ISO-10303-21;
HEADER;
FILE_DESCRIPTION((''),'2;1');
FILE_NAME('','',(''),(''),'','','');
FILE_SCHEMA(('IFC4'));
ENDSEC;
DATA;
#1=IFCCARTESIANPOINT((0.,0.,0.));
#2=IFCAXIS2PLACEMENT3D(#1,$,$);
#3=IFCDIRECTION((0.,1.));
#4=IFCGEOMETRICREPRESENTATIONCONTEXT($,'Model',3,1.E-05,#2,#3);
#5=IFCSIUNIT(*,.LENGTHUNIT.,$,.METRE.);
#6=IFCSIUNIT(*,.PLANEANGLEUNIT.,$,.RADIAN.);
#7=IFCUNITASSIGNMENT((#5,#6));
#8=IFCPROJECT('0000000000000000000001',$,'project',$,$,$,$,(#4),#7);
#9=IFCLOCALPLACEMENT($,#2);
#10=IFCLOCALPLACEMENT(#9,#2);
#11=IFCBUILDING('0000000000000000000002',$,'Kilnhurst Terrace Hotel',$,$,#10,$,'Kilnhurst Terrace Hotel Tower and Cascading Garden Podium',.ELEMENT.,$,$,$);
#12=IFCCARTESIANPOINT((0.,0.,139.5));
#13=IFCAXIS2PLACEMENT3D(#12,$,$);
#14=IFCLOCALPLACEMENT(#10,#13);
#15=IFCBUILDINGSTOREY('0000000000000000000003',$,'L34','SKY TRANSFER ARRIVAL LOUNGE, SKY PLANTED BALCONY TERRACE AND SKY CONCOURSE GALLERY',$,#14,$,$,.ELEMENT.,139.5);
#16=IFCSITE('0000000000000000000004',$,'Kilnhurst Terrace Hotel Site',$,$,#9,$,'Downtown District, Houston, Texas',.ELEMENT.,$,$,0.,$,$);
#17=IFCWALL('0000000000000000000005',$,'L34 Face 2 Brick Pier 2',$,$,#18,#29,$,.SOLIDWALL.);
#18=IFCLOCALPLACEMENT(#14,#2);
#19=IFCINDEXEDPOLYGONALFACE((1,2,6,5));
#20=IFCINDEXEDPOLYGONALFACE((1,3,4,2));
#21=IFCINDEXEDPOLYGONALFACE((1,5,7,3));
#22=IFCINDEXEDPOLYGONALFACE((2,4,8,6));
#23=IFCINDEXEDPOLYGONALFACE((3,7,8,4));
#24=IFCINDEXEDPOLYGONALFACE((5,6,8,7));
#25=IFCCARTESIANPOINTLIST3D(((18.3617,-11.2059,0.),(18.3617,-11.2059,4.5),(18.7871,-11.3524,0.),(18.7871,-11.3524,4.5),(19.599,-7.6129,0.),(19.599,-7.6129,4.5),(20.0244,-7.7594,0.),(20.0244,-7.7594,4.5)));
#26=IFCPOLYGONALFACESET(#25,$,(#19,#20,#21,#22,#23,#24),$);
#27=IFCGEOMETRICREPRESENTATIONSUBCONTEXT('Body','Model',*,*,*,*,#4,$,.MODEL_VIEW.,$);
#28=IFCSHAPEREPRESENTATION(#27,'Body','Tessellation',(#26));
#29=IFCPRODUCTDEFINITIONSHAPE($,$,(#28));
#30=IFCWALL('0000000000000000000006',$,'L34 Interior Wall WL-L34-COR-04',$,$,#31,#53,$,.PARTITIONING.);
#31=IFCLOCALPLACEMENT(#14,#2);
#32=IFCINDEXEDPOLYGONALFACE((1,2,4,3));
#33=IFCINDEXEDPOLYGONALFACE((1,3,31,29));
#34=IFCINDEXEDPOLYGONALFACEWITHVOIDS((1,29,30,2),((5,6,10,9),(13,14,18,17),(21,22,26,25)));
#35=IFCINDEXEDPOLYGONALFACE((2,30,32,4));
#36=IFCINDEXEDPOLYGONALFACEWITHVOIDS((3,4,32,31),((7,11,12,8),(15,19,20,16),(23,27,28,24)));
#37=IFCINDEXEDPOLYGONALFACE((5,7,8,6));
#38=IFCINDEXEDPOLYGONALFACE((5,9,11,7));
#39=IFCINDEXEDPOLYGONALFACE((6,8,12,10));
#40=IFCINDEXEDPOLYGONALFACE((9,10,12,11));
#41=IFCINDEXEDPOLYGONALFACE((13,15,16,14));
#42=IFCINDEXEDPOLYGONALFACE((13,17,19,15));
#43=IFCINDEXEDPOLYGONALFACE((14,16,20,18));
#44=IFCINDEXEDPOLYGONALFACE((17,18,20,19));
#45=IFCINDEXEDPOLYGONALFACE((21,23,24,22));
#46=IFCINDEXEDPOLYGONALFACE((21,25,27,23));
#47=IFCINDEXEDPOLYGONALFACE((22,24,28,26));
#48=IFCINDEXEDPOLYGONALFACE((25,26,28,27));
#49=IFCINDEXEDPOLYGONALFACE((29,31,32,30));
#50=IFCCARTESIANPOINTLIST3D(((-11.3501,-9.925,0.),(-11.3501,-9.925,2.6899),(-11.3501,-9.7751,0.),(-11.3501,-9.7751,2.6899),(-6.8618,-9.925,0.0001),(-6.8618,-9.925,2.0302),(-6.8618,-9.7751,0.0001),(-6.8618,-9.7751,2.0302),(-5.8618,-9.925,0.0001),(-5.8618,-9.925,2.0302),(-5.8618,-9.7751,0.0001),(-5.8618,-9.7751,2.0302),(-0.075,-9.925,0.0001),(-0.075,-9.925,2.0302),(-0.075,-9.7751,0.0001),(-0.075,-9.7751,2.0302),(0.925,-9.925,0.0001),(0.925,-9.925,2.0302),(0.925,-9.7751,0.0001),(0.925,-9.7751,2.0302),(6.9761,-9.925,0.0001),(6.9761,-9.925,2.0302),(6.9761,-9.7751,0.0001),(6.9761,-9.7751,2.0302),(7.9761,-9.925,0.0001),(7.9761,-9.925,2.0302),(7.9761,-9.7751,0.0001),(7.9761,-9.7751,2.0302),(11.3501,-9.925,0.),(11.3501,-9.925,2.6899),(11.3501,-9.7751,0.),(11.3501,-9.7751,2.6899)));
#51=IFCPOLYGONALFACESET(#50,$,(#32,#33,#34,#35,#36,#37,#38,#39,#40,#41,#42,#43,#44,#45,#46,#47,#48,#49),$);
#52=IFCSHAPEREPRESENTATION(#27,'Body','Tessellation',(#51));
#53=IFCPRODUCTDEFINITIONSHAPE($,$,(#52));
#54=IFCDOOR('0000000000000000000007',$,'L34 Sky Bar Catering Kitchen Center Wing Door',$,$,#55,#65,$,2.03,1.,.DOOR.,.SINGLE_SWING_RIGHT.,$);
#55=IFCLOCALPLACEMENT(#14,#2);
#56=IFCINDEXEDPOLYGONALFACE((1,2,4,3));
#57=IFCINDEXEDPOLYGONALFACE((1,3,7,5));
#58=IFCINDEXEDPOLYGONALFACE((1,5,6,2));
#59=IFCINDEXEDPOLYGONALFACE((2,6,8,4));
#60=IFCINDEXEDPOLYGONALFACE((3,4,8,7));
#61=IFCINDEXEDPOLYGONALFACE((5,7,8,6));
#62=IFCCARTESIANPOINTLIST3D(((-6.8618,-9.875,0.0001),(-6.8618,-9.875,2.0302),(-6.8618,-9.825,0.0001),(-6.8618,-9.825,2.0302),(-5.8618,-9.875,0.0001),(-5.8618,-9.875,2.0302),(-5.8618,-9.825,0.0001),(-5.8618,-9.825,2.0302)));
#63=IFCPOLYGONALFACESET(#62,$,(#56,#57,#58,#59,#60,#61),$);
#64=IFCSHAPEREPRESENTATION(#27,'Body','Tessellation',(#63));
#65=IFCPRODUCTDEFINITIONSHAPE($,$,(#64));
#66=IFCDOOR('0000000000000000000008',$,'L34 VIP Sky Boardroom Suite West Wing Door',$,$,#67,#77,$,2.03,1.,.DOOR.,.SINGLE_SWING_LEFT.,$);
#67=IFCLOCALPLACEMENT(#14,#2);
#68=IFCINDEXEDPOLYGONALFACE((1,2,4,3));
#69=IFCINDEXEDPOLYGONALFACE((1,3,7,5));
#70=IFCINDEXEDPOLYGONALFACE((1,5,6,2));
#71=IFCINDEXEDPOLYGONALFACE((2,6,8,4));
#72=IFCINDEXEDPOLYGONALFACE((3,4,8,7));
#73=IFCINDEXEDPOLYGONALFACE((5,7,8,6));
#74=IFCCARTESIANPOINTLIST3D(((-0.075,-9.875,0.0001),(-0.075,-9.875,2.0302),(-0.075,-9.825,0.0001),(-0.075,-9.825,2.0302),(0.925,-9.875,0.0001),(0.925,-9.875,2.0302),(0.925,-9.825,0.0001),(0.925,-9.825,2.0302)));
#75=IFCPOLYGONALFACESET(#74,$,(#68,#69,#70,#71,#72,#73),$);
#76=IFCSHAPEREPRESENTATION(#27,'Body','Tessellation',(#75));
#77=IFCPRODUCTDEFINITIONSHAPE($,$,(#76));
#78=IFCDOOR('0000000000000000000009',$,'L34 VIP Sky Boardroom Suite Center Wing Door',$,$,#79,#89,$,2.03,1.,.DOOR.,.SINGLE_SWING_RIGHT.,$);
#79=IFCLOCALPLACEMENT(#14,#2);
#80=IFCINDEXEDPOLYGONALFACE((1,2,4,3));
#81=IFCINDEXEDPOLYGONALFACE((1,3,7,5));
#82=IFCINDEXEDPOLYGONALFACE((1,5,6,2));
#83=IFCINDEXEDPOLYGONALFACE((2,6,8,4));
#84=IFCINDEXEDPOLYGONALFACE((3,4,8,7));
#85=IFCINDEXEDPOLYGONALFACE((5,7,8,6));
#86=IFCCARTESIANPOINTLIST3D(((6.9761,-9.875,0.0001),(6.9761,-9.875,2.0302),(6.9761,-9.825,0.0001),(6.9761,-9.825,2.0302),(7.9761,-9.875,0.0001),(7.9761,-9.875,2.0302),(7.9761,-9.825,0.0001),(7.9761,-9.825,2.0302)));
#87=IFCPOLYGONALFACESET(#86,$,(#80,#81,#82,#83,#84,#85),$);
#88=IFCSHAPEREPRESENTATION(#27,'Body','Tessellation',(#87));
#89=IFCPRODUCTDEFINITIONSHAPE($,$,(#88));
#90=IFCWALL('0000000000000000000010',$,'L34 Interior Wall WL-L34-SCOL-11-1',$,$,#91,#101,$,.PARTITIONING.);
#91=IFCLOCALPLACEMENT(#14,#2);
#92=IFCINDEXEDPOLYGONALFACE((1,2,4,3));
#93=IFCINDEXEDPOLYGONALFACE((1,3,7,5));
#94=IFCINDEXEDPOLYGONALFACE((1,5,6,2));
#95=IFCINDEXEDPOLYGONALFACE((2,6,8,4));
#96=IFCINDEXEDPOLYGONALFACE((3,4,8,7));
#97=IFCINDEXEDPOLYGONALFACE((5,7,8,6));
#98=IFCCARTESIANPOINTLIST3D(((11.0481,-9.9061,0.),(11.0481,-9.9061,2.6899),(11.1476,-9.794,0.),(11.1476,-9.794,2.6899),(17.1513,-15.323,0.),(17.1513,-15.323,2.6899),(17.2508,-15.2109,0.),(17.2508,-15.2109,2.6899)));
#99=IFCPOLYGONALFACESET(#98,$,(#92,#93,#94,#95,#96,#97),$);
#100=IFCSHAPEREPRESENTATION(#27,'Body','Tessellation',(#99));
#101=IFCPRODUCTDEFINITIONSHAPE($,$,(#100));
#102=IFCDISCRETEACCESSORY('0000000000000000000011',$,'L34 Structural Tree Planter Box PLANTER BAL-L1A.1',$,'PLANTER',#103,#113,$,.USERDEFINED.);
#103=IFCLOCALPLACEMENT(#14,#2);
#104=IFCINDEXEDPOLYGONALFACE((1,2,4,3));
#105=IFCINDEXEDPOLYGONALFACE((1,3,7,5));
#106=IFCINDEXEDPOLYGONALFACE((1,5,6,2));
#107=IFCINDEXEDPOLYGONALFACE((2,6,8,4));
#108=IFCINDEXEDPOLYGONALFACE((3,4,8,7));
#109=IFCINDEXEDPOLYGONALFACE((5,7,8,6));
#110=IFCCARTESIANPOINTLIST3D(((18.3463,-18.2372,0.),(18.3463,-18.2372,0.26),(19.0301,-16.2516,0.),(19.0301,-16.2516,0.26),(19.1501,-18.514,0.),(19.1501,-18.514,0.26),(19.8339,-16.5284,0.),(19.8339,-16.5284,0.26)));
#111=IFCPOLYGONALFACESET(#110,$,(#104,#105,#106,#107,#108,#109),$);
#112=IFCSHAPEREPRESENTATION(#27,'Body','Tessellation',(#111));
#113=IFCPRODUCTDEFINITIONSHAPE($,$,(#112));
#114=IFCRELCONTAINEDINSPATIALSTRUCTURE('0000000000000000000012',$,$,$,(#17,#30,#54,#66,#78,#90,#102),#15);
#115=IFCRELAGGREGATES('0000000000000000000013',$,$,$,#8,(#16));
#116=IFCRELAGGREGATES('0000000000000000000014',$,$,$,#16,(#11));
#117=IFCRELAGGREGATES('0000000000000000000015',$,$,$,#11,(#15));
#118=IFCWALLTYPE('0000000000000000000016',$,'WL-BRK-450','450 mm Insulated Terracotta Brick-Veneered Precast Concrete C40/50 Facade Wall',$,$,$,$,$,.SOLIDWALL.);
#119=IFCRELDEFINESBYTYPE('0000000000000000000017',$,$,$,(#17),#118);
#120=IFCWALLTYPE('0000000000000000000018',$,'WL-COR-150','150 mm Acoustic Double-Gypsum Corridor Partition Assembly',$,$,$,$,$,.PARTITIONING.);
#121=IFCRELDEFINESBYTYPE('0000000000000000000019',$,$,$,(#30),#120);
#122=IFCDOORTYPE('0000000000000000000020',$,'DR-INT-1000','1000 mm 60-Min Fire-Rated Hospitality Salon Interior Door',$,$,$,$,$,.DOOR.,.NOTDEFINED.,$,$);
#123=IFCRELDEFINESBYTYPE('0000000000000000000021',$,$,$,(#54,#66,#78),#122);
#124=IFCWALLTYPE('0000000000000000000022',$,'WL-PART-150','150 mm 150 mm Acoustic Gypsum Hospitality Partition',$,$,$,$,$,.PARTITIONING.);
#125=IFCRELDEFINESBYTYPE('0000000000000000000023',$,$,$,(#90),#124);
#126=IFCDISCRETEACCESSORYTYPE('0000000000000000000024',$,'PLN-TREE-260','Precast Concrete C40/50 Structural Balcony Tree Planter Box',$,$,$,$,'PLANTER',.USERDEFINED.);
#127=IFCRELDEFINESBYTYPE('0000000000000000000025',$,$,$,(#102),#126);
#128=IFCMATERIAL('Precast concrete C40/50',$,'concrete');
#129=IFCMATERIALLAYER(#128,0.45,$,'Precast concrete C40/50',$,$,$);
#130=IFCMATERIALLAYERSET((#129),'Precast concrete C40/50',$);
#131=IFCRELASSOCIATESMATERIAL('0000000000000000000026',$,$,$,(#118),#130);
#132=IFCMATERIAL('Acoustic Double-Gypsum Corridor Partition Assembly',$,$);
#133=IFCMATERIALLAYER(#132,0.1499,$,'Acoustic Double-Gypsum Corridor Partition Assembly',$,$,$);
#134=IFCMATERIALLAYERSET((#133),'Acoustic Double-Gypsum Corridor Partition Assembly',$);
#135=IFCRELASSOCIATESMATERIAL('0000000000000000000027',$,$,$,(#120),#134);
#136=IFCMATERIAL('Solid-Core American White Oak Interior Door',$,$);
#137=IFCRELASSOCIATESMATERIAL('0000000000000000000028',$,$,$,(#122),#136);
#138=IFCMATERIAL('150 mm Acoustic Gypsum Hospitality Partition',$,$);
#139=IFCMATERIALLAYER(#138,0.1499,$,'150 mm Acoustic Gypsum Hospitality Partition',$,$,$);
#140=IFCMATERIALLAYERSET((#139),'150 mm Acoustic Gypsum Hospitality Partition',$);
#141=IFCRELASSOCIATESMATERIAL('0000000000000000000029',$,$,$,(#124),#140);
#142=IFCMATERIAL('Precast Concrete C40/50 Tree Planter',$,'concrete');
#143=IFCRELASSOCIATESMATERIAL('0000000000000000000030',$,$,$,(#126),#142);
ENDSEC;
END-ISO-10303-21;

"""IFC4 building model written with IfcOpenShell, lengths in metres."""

from ifc_helpers import new_model, si_unit, direction, frame, frame_2d, origin, origin_2d, place, context, subcontext, project, spatial, rectangle, extrude, material, layer, layer_set, type_object, element, fill, save


model = new_model("IFC4")

# Units and contexts
model_context = context("Model", 3, precision=1e-05, world=origin(), true_north=direction((0.0, 1.0)))
body_context = subcontext(model_context, "Body", "Model", "MODEL_VIEW")
ifc_project = project(units=[si_unit("LENGTHUNIT", "METRE"), si_unit("PLANEANGLEUNIT", "RADIAN")], contexts=[model_context])

# Site, building, storey
site_placement = place(None, origin())
site = spatial("IfcSite", under=ifc_project, at=site_placement, Name="Kilnhurst Terrace Hotel Site", LongName="Downtown District, Houston, Texas", CompositionType="ELEMENT", RefElevation=0.0)
building_placement = place(site_placement, origin())
building = spatial("IfcBuilding", under=site, at=building_placement, Name="Kilnhurst Terrace Hotel", LongName="Kilnhurst Terrace Hotel Tower and Cascading Garden Podium", CompositionType="ELEMENT")
storey_placement = place(building_placement, frame((0.0, 0.0, 139.5)))
storey = spatial("IfcBuildingStorey", under=building, at=storey_placement, Name="L34", Description="SKY TRANSFER ARRIVAL LOUNGE, SKY PLANTED BALCONY TERRACE AND SKY CONCOURSE GALLERY", CompositionType="ELEMENT", Elevation=139.5)

# Shared definitions
ifc_material_1 = material(Name="Precast concrete C40/50", Category="concrete")
ifc_layer_1 = layer(ifc_material_1, 0.45, Name="Precast concrete C40/50")
ifc_layer_set_1 = layer_set([ifc_layer_1], Name="Precast concrete C40/50")
wall_type_1 = type_object("IfcWallType", Name="WL-BRK-450", Description="450 mm Insulated Terracotta Brick-Veneered Precast Concrete C40/50 Facade Wall", PredefinedType="SOLIDWALL", material=ifc_layer_set_1)

# Wall
wall_1_placement = place(storey_placement, frame((18.5745, -11.2791, 0.0), z_axis=(0.0, 0.0, 1.0), x_axis=(0.325599, 0.945508, 0.0)))
element("IfcWall", 1, at=wall_1_placement, inside=storey, type_object=wall_type_1, Name="L34 Face 2 Brick Pier 2", PredefinedType="SOLIDWALL", context=body_context, shape_type="SweptSolid", body=[
    extrude(rectangle(XDim=3.8, YDim=0.45, at=frame_2d((1.8999, 0.0))), origin(), (0.0, 0.0, 1.0), 4.5),
])

# Wall, openings, doors
ifc_material_2 = material(Name="Acoustic Double-Gypsum Corridor Partition Assembly")
ifc_layer_2 = layer(ifc_material_2, 0.1499, Name="Acoustic Double-Gypsum Corridor Partition Assembly")
ifc_layer_set_2 = layer_set([ifc_layer_2], Name="Acoustic Double-Gypsum Corridor Partition Assembly")
wall_type_2 = type_object("IfcWallType", Name="WL-COR-150", Description="150 mm Acoustic Double-Gypsum Corridor Partition Assembly", PredefinedType="PARTITIONING", material=ifc_layer_set_2)
wall_2_placement = place(storey_placement, frame((11.3501, -9.8501, 0.0), z_axis=(0.0, 0.0, 1.0), x_axis=(-1.0, 0.0, 0.0)))
wall_2 = element("IfcWall", 2, at=wall_2_placement, inside=storey, type_object=wall_type_2, Name="L34 Interior Wall WL-L34-COR-04", PredefinedType="PARTITIONING", context=body_context, shape_type="SweptSolid", body=[
    extrude(rectangle(XDim=22.7002, YDim=0.1499, at=frame_2d((11.3501, 0.0))), origin(), (0.0, 0.0, 1.0), 2.6899),
])
opening_1_placement = place(wall_2_placement, frame((17.2119, 0.0, 0.0)))
opening_1 = element("IfcOpeningElement", 3, at=opening_1_placement, cuts=wall_2, PredefinedType="OPENING", context=body_context, shape_type="SweptSolid", body=[
    extrude(rectangle(XDim=1.0, YDim=2.03, at=frame_2d((0.5, 1.0151))), frame((0.0, 0.085, 0.0), z_axis=(0.0, -1.0, 0.0), x_axis=(1.0, 0.0, 0.0)), (0.0, 0.0, 1.0), 0.1699),
])
opening_2_placement = place(wall_2_placement, frame((10.425, 0.0, 0.0)))
opening_2 = element("IfcOpeningElement", 4, at=opening_2_placement, cuts=wall_2, PredefinedType="OPENING", context=body_context, shape_type="SweptSolid", body=[
    extrude(rectangle(XDim=1.0, YDim=2.03, at=frame_2d((0.5, 1.0151))), frame((0.0, 0.085, 0.0), z_axis=(0.0, -1.0, 0.0), x_axis=(1.0, 0.0, 0.0)), (0.0, 0.0, 1.0), 0.1699),
])
opening_3_placement = place(wall_2_placement, frame((3.374, 0.0, 0.0)))
opening_3 = element("IfcOpeningElement", 5, at=opening_3_placement, cuts=wall_2, PredefinedType="OPENING", context=body_context, shape_type="SweptSolid", body=[
    extrude(rectangle(XDim=1.0, YDim=2.03, at=frame_2d((0.5, 1.0151))), frame((0.0, 0.085, 0.0), z_axis=(0.0, -1.0, 0.0), x_axis=(1.0, 0.0, 0.0)), (0.0, 0.0, 1.0), 0.1699),
])
ifc_material_3 = material(Name="Solid-Core American White Oak Interior Door")
door_type_1 = type_object("IfcDoorType", Name="DR-INT-1000", Description="1000 mm 60-Min Fire-Rated Hospitality Salon Interior Door", OperationType="NOTDEFINED", PredefinedType="DOOR", material=ifc_material_3)
door_1_placement = place(opening_1_placement, origin())
door_1 = element("IfcDoor", 6, at=door_1_placement, inside=storey, type_object=door_type_1, Name="L34 Sky Bar Catering Kitchen Center Wing Door", OperationType="SINGLE_SWING_RIGHT", OverallHeight=2.03, OverallWidth=1.0, PredefinedType="DOOR", context=body_context, shape_type="SweptSolid", body=[
    extrude(rectangle(XDim=1.0, YDim=2.03, at=frame_2d((0.5, 1.0151))), frame((0.0, 0.0249, 0.0), z_axis=(0.0, -1.0, 0.0), x_axis=(1.0, 0.0, 0.0)), (0.0, 0.0, 1.0), 0.05),
])
fill(opening_1, door_1)
door_2_placement = place(opening_2_placement, origin())
door_2 = element("IfcDoor", 7, at=door_2_placement, inside=storey, type_object=door_type_1, Name="L34 VIP Sky Boardroom Suite West Wing Door", OperationType="SINGLE_SWING_LEFT", OverallHeight=2.03, OverallWidth=1.0, PredefinedType="DOOR", context=body_context, shape_type="SweptSolid", body=[
    extrude(rectangle(XDim=1.0, YDim=2.03, at=frame_2d((0.5, 1.0151))), frame((0.0, 0.0249, 0.0), z_axis=(0.0, -1.0, 0.0), x_axis=(1.0, 0.0, 0.0)), (0.0, 0.0, 1.0), 0.05),
])
fill(opening_2, door_2)
door_3_placement = place(opening_3_placement, origin())
door_3 = element("IfcDoor", 8, at=door_3_placement, inside=storey, type_object=door_type_1, Name="L34 VIP Sky Boardroom Suite Center Wing Door", OperationType="SINGLE_SWING_RIGHT", OverallHeight=2.03, OverallWidth=1.0, PredefinedType="DOOR", context=body_context, shape_type="SweptSolid", body=[
    extrude(rectangle(XDim=1.0, YDim=2.03, at=frame_2d((0.5, 1.0151))), frame((0.0, 0.0249, 0.0), z_axis=(0.0, -1.0, 0.0), x_axis=(1.0, 0.0, 0.0)), (0.0, 0.0, 1.0), 0.05),
])
fill(opening_3, door_3)

# Wall
ifc_material_4 = material(Name="150 mm Acoustic Gypsum Hospitality Partition")
ifc_layer_3 = layer(ifc_material_4, 0.1499, Name="150 mm Acoustic Gypsum Hospitality Partition")
ifc_layer_set_3 = layer_set([ifc_layer_3], Name="150 mm Acoustic Gypsum Hospitality Partition")
wall_type_3 = type_object("IfcWallType", Name="WL-PART-150", Description="150 mm 150 mm Acoustic Gypsum Hospitality Partition", PredefinedType="PARTITIONING", material=ifc_layer_set_3)
wall_3_placement = place(storey_placement, frame((11.0979, -9.8501, 0.0), z_axis=(0.0, 0.0, 1.0), x_axis=(0.747904, -0.663807, 0.0)))
element("IfcWall", 9, at=wall_3_placement, inside=storey, type_object=wall_type_3, Name="L34 Interior Wall WL-L34-SCOL-11-1", PredefinedType="PARTITIONING", context=body_context, shape_type="SweptSolid", body=[
    extrude(rectangle(XDim=8.1604, YDim=0.1499, at=frame_2d((4.0801, 0.0))), origin(), (0.0, 0.0, 1.0), 2.6899),
])

# Discrete accessory
ifc_material_5 = material(Name="Precast Concrete C40/50 Tree Planter", Category="concrete")
discrete_accessory_type = type_object("IfcDiscreteAccessoryType", Name="PLN-TREE-260", Description="Precast Concrete C40/50 Structural Balcony Tree Planter Box", ElementType="PLANTER", PredefinedType="USERDEFINED", material=ifc_material_5)
discrete_accessory_placement = place(storey_placement, frame((19.0901, -17.3828, 0.0), z_axis=(0.0, 0.0, 1.0), x_axis=(0.325601, 0.945507, 0.0)))
element("IfcDiscreteAccessory", 10, at=discrete_accessory_placement, inside=storey, type_object=discrete_accessory_type, Name="L34 Structural Tree Planter Box PLANTER BAL-L1A.1", ObjectType="PLANTER", PredefinedType="USERDEFINED", context=body_context, shape_type="SweptSolid", body=[
    extrude(rectangle(XDim=2.1001, YDim=0.8501, at=origin_2d()), origin(), (0.0, 0.0, 1.0), 0.26),
])

save(model, "model.ifc")
